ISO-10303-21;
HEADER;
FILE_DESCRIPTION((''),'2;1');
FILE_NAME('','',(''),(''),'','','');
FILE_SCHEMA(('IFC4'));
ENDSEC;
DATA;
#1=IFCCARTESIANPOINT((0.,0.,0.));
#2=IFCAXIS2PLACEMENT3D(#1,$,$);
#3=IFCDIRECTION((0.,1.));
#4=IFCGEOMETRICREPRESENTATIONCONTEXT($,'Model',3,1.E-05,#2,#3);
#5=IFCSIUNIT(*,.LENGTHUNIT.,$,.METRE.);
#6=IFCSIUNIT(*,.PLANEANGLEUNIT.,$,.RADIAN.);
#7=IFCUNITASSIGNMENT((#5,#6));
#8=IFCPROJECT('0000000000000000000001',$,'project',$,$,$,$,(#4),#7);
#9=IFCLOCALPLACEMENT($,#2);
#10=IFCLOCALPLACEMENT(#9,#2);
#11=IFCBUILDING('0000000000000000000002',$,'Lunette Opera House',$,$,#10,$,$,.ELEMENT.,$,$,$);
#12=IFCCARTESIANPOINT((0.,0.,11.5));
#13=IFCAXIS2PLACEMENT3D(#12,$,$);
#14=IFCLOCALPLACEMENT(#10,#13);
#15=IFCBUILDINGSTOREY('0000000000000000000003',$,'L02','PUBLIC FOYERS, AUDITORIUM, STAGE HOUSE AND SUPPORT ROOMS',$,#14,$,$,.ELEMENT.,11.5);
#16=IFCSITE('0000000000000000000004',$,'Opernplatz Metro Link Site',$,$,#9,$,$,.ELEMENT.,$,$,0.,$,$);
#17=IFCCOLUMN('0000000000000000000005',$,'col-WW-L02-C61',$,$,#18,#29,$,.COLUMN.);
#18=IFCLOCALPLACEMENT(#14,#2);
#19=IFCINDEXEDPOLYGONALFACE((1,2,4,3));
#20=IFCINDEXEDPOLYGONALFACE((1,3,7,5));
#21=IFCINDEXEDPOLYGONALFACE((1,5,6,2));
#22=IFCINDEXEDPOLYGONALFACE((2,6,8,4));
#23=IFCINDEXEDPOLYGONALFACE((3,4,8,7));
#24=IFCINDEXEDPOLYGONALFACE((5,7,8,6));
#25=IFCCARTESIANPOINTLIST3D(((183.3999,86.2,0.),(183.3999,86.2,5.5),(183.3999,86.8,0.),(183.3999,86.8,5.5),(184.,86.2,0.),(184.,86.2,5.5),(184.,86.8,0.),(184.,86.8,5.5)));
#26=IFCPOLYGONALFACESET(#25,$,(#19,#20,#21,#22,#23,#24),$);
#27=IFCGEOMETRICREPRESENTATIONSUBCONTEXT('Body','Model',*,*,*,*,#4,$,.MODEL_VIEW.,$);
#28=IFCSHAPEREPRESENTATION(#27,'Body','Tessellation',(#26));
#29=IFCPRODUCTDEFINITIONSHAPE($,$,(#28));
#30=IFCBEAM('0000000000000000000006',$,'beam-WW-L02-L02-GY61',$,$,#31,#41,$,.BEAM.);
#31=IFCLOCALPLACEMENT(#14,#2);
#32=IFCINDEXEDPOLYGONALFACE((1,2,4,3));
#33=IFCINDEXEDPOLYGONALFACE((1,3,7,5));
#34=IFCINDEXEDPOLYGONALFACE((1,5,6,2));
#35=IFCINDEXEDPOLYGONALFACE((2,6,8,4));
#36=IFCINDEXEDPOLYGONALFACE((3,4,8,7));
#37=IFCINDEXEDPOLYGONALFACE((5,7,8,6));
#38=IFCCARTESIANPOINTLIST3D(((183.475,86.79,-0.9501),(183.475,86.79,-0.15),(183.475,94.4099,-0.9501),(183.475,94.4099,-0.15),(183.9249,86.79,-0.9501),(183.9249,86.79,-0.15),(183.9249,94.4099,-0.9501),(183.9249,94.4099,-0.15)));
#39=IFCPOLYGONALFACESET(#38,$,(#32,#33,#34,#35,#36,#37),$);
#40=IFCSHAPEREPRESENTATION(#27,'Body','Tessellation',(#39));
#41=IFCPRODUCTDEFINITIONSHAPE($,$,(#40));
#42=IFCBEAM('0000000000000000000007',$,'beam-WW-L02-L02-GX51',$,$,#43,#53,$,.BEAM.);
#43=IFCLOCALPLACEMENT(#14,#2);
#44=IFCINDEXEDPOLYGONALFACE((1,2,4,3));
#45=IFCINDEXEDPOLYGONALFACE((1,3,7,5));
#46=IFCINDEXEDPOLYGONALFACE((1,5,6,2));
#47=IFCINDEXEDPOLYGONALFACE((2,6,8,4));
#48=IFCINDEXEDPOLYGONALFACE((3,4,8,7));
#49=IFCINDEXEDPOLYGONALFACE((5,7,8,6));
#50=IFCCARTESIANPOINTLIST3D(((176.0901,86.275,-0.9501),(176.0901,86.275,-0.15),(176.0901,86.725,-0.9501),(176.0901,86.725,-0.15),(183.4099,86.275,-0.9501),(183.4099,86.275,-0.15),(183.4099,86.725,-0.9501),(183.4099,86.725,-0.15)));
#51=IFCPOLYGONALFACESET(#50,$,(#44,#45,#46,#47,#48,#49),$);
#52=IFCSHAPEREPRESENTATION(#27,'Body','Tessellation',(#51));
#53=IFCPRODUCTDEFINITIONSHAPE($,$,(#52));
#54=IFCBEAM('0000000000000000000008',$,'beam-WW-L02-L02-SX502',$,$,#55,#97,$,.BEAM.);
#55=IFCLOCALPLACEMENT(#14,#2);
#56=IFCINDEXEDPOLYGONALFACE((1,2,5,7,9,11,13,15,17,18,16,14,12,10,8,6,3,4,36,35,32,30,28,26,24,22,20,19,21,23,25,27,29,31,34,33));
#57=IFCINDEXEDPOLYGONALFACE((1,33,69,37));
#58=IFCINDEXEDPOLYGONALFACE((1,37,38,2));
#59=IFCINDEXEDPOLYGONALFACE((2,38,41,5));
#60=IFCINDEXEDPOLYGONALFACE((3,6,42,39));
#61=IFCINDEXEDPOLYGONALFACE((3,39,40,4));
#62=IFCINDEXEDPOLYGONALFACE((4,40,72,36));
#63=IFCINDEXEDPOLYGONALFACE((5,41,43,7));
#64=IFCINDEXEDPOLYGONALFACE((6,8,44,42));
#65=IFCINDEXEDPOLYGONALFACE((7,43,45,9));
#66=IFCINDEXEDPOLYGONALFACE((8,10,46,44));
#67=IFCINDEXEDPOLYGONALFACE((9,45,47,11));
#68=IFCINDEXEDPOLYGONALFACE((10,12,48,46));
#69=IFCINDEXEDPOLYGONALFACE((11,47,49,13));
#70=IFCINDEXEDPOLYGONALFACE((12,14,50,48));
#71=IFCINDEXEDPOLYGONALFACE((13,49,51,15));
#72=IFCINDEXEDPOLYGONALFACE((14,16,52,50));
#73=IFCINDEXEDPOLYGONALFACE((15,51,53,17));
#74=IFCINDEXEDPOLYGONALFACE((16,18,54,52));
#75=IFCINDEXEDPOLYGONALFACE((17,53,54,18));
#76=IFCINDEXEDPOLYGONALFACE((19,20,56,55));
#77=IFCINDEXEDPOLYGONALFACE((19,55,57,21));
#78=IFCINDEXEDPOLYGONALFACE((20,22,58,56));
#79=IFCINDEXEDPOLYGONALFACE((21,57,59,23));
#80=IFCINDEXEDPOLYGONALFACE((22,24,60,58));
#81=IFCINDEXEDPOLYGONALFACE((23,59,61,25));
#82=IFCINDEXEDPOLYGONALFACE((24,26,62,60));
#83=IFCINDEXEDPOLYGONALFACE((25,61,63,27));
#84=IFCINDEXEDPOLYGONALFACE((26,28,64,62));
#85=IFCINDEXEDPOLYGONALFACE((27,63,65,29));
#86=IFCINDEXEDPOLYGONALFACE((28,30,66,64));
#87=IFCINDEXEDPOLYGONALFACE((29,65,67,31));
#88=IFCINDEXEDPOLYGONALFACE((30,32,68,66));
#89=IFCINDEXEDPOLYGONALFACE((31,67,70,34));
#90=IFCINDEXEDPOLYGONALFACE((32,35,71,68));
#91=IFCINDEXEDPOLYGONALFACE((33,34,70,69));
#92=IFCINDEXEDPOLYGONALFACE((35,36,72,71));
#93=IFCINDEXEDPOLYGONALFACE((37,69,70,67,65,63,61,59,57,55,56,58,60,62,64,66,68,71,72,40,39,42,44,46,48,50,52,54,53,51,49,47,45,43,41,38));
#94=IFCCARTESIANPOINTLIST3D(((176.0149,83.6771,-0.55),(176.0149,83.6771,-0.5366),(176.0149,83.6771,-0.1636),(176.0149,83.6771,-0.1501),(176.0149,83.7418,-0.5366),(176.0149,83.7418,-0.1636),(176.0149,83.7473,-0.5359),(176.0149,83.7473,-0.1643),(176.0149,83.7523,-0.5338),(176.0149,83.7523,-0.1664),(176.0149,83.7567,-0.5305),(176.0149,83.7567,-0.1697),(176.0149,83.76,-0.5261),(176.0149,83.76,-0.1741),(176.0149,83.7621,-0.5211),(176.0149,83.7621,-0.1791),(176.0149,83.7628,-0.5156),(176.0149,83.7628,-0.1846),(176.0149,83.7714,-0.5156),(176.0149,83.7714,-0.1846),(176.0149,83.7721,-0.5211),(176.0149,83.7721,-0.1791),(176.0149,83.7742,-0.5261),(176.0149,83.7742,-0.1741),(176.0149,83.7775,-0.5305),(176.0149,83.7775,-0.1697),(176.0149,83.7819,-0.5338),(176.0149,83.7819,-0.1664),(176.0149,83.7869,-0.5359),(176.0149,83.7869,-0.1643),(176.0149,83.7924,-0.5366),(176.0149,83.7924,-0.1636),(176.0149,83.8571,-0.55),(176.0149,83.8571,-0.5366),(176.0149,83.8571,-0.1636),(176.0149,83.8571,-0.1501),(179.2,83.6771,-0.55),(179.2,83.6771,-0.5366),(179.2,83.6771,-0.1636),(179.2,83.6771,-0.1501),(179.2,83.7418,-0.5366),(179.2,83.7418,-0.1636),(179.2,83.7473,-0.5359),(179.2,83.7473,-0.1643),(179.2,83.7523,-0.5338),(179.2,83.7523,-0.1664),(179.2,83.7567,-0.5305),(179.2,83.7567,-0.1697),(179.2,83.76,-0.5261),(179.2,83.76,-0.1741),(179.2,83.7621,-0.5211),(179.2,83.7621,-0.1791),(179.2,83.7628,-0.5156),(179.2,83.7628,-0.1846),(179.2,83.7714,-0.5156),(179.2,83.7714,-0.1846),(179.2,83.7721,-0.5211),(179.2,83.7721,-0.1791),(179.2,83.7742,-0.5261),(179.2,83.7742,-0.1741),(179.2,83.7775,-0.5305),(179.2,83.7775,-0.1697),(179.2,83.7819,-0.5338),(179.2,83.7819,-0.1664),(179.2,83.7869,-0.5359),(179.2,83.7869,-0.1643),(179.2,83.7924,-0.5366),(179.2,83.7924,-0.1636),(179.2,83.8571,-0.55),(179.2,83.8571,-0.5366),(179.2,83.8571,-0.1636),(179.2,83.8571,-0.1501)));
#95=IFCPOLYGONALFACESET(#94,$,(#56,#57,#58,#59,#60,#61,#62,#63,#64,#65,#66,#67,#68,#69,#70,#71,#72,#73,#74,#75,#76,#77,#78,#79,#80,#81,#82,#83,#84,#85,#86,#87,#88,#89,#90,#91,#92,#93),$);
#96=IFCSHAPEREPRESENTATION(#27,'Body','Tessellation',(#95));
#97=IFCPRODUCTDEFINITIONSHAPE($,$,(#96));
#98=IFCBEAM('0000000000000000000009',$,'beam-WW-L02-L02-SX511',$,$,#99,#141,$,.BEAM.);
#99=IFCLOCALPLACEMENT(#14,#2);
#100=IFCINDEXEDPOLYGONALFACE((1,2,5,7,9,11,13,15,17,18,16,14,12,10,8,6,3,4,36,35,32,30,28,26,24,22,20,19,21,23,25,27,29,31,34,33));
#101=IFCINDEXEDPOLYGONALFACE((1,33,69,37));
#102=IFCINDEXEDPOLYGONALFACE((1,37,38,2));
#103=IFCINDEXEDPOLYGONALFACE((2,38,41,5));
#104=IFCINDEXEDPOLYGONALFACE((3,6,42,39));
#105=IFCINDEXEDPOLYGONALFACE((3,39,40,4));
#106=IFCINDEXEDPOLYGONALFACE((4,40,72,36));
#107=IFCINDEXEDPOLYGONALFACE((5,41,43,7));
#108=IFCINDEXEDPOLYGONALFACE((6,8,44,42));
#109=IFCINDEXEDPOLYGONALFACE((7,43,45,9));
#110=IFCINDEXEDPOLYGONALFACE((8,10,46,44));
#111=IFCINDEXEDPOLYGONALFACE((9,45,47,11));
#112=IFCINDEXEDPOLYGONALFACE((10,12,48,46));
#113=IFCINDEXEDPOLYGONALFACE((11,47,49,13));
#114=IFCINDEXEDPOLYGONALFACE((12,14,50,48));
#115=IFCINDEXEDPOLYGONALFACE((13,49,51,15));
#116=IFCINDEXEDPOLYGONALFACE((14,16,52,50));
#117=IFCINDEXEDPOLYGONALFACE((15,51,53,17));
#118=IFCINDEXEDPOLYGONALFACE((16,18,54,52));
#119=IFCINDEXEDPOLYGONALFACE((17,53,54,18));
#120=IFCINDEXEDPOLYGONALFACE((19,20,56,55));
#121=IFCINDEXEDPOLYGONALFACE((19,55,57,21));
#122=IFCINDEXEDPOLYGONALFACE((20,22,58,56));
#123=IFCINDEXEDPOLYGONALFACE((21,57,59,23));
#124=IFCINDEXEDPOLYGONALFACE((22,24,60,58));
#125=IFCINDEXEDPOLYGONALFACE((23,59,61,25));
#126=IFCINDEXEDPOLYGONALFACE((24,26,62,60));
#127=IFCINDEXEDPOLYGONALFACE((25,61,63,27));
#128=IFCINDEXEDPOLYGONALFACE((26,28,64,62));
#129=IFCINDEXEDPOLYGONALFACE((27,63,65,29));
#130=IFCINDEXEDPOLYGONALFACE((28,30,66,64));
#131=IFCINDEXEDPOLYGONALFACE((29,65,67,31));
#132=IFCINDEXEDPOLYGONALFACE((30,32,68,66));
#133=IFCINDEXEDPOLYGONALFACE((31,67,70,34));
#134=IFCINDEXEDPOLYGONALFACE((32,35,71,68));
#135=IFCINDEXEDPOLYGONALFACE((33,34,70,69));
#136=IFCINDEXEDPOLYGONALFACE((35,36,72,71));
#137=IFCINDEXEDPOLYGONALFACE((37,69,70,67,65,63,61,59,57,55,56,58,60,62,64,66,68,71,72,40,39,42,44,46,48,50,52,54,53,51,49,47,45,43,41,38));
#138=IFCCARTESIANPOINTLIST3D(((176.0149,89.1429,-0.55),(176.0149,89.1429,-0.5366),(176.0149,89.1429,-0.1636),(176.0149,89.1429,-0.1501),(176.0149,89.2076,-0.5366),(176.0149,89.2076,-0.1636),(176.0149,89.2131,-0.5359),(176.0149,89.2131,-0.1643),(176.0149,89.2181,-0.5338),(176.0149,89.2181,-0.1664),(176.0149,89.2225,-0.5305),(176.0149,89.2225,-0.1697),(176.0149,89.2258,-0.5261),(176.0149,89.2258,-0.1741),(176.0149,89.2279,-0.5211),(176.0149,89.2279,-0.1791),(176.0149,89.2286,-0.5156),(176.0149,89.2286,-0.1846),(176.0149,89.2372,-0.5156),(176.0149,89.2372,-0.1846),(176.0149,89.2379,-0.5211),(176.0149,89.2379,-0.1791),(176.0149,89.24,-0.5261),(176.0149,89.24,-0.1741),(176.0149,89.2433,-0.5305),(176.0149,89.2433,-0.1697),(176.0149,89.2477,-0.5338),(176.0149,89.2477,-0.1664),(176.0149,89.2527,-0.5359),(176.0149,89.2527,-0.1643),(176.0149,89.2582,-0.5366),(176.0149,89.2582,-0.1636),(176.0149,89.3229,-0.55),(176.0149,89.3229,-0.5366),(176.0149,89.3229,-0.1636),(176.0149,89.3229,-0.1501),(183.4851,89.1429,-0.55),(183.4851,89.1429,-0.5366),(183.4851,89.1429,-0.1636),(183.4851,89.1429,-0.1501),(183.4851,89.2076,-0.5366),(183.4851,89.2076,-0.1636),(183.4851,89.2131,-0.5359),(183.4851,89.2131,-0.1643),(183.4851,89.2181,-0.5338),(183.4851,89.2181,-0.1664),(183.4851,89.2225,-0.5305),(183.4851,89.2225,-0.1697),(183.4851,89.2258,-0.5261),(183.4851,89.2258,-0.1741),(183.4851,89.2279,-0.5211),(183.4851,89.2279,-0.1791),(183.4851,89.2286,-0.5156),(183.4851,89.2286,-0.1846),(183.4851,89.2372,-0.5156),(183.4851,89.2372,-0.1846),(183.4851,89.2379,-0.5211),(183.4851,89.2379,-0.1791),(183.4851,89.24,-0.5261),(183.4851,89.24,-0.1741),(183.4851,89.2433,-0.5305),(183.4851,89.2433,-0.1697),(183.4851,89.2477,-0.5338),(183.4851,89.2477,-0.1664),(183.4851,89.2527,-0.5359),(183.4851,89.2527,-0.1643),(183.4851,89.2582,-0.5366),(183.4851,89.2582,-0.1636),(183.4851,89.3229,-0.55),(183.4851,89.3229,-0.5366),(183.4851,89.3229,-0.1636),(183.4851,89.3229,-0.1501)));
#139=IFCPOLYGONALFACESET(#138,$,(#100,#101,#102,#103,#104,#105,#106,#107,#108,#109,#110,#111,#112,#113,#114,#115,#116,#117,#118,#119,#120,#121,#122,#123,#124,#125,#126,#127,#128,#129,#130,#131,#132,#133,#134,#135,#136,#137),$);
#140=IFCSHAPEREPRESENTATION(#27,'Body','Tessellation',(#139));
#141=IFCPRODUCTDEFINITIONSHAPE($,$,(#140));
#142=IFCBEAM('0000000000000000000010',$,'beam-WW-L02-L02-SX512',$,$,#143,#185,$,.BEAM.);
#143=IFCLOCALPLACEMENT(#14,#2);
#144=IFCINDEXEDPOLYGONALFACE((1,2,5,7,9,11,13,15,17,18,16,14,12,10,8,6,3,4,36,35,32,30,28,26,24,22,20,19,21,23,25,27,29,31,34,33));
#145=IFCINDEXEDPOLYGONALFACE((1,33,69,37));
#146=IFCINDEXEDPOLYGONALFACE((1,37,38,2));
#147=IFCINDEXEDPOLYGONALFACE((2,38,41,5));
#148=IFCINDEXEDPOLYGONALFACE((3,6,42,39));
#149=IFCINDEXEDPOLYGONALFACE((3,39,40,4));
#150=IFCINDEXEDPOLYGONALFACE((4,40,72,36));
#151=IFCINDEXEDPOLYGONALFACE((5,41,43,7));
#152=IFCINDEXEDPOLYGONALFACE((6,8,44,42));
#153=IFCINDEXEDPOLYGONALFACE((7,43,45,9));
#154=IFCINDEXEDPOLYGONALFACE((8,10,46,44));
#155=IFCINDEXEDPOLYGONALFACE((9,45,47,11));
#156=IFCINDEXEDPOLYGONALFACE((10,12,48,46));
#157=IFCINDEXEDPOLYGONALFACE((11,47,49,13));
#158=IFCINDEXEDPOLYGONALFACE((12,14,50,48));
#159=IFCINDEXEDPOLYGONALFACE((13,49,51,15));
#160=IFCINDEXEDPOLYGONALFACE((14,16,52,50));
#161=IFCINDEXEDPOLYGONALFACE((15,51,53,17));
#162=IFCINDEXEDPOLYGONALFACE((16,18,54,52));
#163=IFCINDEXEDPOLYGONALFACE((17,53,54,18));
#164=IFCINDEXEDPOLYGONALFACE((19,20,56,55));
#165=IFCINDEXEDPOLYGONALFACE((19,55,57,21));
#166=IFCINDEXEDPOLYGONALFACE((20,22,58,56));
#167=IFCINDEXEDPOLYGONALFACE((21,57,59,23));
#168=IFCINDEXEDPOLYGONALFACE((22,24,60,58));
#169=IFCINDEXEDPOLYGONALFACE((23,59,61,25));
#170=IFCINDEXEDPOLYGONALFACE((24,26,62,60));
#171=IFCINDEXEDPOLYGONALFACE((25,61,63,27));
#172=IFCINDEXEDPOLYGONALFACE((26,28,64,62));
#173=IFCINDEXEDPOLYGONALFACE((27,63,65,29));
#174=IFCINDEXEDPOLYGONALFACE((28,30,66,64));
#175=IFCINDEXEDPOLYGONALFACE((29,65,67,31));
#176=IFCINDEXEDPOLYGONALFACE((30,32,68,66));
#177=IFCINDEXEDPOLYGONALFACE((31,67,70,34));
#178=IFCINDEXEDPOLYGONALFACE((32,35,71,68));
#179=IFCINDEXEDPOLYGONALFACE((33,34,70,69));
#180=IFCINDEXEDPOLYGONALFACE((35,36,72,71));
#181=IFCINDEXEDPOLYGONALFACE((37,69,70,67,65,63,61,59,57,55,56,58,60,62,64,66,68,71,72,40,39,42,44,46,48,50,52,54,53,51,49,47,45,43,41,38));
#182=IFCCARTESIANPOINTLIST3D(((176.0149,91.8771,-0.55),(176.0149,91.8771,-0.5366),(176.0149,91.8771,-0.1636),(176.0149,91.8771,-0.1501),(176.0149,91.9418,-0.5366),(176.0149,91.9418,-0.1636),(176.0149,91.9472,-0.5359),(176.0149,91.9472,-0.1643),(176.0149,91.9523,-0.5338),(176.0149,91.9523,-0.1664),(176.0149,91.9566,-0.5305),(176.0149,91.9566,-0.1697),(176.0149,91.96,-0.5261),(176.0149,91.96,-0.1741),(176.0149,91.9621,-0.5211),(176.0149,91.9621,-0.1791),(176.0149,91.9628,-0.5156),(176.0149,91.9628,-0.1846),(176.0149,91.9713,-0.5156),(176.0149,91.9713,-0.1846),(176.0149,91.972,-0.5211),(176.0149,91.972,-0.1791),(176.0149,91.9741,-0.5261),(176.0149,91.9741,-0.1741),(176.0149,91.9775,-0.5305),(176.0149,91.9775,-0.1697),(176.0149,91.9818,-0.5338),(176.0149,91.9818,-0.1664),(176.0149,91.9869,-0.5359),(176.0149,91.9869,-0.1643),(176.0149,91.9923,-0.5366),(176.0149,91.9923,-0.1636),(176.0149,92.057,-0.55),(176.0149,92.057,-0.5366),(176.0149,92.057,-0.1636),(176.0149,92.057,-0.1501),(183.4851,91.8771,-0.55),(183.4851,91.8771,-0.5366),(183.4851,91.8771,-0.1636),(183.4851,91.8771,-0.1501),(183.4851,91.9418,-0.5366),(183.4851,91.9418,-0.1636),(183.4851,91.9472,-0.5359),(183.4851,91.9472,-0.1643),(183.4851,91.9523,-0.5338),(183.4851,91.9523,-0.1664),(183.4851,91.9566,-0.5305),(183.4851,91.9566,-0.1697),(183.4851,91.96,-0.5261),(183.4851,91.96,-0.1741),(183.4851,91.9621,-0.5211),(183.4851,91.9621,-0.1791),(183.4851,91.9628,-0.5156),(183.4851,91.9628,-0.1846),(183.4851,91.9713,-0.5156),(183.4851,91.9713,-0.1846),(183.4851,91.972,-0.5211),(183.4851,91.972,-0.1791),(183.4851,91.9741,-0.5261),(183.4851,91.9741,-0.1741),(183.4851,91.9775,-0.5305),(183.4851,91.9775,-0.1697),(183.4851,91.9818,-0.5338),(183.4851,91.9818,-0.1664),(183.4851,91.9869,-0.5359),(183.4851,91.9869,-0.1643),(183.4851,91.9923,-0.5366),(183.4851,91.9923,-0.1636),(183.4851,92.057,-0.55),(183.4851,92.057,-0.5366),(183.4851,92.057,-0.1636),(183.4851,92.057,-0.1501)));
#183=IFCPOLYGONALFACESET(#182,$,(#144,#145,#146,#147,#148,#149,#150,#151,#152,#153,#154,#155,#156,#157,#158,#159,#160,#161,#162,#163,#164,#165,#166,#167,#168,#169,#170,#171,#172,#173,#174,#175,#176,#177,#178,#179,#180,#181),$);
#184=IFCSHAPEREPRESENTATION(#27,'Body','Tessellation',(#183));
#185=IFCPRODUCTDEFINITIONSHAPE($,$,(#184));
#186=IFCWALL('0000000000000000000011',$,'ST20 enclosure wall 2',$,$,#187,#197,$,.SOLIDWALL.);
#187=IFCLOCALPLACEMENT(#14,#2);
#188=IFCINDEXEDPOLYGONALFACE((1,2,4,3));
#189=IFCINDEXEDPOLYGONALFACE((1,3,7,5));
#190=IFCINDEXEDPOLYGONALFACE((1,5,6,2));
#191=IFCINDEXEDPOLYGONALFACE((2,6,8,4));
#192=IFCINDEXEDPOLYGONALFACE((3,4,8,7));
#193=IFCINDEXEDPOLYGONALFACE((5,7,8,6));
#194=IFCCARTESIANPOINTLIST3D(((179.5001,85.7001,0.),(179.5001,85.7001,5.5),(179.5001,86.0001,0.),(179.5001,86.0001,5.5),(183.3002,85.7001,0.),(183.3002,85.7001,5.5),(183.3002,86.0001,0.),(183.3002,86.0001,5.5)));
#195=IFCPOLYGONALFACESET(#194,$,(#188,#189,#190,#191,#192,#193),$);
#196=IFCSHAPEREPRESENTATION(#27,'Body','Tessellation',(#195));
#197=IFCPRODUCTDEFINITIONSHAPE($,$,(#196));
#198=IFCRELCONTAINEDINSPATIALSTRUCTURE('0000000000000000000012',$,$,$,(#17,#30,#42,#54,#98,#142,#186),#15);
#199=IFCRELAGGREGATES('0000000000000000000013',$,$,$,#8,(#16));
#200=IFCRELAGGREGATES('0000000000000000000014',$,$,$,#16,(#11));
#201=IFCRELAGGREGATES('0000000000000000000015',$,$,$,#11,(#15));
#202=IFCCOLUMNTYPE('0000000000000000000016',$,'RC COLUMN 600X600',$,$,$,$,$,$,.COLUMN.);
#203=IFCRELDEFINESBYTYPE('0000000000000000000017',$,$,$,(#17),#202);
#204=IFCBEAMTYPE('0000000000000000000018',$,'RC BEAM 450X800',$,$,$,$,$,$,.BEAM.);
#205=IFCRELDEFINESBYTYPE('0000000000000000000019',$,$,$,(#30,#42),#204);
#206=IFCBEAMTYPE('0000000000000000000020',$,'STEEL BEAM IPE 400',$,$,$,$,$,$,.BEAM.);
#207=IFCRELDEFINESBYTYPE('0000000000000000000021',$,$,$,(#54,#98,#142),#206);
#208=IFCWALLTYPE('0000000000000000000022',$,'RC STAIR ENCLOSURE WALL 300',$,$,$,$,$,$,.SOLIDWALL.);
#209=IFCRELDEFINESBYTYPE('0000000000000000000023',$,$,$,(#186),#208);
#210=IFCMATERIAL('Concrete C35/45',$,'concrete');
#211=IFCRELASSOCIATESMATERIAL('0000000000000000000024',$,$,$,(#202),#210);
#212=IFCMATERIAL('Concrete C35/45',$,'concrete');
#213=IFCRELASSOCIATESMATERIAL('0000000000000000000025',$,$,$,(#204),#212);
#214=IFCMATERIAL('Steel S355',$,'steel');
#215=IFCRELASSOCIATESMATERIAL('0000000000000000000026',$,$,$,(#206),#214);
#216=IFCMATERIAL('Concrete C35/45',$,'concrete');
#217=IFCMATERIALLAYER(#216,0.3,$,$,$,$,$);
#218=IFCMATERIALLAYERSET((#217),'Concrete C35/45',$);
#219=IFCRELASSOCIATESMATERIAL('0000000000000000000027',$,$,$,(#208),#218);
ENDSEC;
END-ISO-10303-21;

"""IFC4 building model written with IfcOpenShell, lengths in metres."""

from ifc_helpers import new_model, si_unit, direction, frame, frame_2d, origin, origin_2d, place, context, subcontext, project, spatial, rectangle, i_section, extrude, material, layer, layer_set, material_profile, profile_set, type_object, element, save


model = new_model("IFC4")

# Units and contexts
model_context = context("Model", 3, precision=1e-05, world=origin(), true_north=direction((0.0, 1.0)))
body_context = subcontext(model_context, "Body", "Model", "MODEL_VIEW")
ifc_project = project(units=[si_unit("LENGTHUNIT", "METRE"), si_unit("PLANEANGLEUNIT", "RADIAN")], contexts=[model_context])

# Site, building, storey
site_placement = place(None, origin())
site = spatial("IfcSite", under=ifc_project, at=site_placement, Name="Opernplatz Metro Link Site", CompositionType="ELEMENT", RefElevation=0.0)
building_placement = place(site_placement, origin())
building = spatial("IfcBuilding", under=site, at=building_placement, Name="Lunette Opera House", CompositionType="ELEMENT")
storey_placement = place(building_placement, frame((0.0, 0.0, 11.5)))
storey = spatial("IfcBuildingStorey", under=building, at=storey_placement, Name="L02", Description="PUBLIC FOYERS, AUDITORIUM, STAGE HOUSE AND SUPPORT ROOMS", CompositionType="ELEMENT", Elevation=11.5)

# Column
ifc_material_1 = material(Name="Concrete C35/45", Category="concrete")
ifc_material_profile_1 = material_profile(ifc_material_1, rectangle(XDim=0.6001, YDim=0.6001, at=origin_2d()), Name="RC COLUMN 600X600")
ifc_profile_set_1 = profile_set([ifc_material_profile_1], Name="Concrete C35/45")
column_type = type_object("IfcColumnType", Name="RC COLUMN 600X600", PredefinedType="COLUMN", material=ifc_profile_set_1)
column_placement = place(storey_placement, frame((183.7, 86.5, 0.0), z_axis=(0.0, 0.0, 1.0), x_axis=(1.0, 0.0, 0.0)))
element("IfcColumn", 1, at=column_placement, inside=storey, type_object=column_type, Name="col-WW-L02-C61", PredefinedType="COLUMN", context=body_context, shape_type="SweptSolid", body=[
    extrude(rectangle(XDim=0.6001, YDim=0.6001, at=origin_2d()), origin(), (0.0, 0.0, 1.0), 5.5),
])

# Beams
ifc_material_2 = material(Name="Concrete C35/45", Category="concrete")
ifc_material_profile_2 = material_profile(ifc_material_2, rectangle(XDim=0.45, YDim=0.8, at=origin_2d()), Name="RC BEAM 450X800")
ifc_profile_set_2 = profile_set([ifc_material_profile_2], Name="Concrete C35/45")
beam_type_1 = type_object("IfcBeamType", Name="RC BEAM 450X800", PredefinedType="BEAM", material=ifc_profile_set_2)
beam_1_placement = place(storey_placement, frame((183.7, 86.79, -0.55), z_axis=(0.0, 1.0, 0.0), x_axis=(-1.0, 0.0, 0.0)))
element("IfcBeam", 2, at=beam_1_placement, inside=storey, type_object=beam_type_1, Name="beam-WW-L02-L02-GY61", PredefinedType="BEAM", context=body_context, shape_type="SweptSolid", body=[
    extrude(rectangle(XDim=0.45, YDim=0.8, at=origin_2d()), origin(), (0.0, 0.0, 1.0), 7.6199),
])
beam_2_placement = place(storey_placement, frame((176.0901, 86.5, -0.55), z_axis=(1.0, 0.0, 0.0), x_axis=(0.0, 1.0, 0.0)))
element("IfcBeam", 3, at=beam_2_placement, inside=storey, type_object=beam_type_1, Name="beam-WW-L02-L02-GX51", PredefinedType="BEAM", context=body_context, shape_type="SweptSolid", body=[
    extrude(rectangle(XDim=0.45, YDim=0.8, at=origin_2d()), origin(), (0.0, 0.0, 1.0), 7.3198),
])
ifc_material_3 = material(Name="Steel S355", Category="steel")
ifc_material_profile_3 = material_profile(ifc_material_3, i_section(OverallWidth=0.1799, OverallDepth=0.3999, WebThickness=0.0085, FlangeThickness=0.0134, FilletRadius=0.021, at=origin_2d()), Name="IPE 400")
ifc_profile_set_3 = profile_set([ifc_material_profile_3], Name="Steel S355")
beam_type_2 = type_object("IfcBeamType", Name="STEEL BEAM IPE 400", PredefinedType="BEAM", material=ifc_profile_set_3)
beam_3_placement = place(storey_placement, frame((176.0149, 83.7671, -0.3501), z_axis=(1.0, 0.0, 0.0), x_axis=(0.0, 1.0, 0.0)))
element("IfcBeam", 4, at=beam_3_placement, inside=storey, type_object=beam_type_2, Name="beam-WW-L02-L02-SX502", PredefinedType="BEAM", context=body_context, shape_type="SweptSolid", body=[
    extrude(i_section(OverallWidth=0.1799, OverallDepth=0.3999, WebThickness=0.0085, FlangeThickness=0.0134, FilletRadius=0.021, at=origin_2d()), origin(), (0.0, 0.0, 1.0), 3.1851),
])
for number, where, z_axis, x_axis, name in (
    (5, (176.0149, 89.2329, -0.3501), (1.0, 0.0, 0.0), (0.0, 1.0, 0.0), "beam-WW-L02-L02-SX511"),
    (6, (176.0149, 91.967, -0.3501), (1.0, 0.0, 0.0), (0.0, 1.0, 0.0), "beam-WW-L02-L02-SX512"),
):
    element("IfcBeam", number, at=place(storey_placement, frame(where, z_axis=z_axis, x_axis=x_axis)), inside=storey, type_object=beam_type_2, Name=name, PredefinedType="BEAM", context=body_context, shape_type="SweptSolid", body=[
        extrude(i_section(OverallWidth=0.1799, OverallDepth=0.3999, WebThickness=0.0085, FlangeThickness=0.0134, FilletRadius=0.021, at=origin_2d()), origin(), (0.0, 0.0, 1.0), 7.4702),
    ])

# Wall
ifc_material_4 = material(Name="Concrete C35/45", Category="concrete")
ifc_layer_1 = layer(ifc_material_4, 0.3)
ifc_layer_set_1 = layer_set([ifc_layer_1], Name="Concrete C35/45")
wall_type_1 = type_object("IfcWallType", Name="RC STAIR ENCLOSURE WALL 300", PredefinedType="SOLIDWALL", material=ifc_layer_set_1)
wall_1_placement = place(storey_placement, frame((183.3, 85.8501, 0.0), z_axis=(0.0, 0.0, 1.0), x_axis=(-1.0, 0.0, 0.0)))
element("IfcWall", 7, at=wall_1_placement, inside=storey, type_object=wall_type_1, Name="ST20 enclosure wall 2", PredefinedType="SOLIDWALL", context=body_context, shape_type="SweptSolid", body=[
    extrude(rectangle(XDim=3.8, YDim=0.3, at=frame_2d((1.8999, 0.0))), origin(), (0.0, 0.0, 1.0), 5.5),
])

save(model, "model.ifc")
